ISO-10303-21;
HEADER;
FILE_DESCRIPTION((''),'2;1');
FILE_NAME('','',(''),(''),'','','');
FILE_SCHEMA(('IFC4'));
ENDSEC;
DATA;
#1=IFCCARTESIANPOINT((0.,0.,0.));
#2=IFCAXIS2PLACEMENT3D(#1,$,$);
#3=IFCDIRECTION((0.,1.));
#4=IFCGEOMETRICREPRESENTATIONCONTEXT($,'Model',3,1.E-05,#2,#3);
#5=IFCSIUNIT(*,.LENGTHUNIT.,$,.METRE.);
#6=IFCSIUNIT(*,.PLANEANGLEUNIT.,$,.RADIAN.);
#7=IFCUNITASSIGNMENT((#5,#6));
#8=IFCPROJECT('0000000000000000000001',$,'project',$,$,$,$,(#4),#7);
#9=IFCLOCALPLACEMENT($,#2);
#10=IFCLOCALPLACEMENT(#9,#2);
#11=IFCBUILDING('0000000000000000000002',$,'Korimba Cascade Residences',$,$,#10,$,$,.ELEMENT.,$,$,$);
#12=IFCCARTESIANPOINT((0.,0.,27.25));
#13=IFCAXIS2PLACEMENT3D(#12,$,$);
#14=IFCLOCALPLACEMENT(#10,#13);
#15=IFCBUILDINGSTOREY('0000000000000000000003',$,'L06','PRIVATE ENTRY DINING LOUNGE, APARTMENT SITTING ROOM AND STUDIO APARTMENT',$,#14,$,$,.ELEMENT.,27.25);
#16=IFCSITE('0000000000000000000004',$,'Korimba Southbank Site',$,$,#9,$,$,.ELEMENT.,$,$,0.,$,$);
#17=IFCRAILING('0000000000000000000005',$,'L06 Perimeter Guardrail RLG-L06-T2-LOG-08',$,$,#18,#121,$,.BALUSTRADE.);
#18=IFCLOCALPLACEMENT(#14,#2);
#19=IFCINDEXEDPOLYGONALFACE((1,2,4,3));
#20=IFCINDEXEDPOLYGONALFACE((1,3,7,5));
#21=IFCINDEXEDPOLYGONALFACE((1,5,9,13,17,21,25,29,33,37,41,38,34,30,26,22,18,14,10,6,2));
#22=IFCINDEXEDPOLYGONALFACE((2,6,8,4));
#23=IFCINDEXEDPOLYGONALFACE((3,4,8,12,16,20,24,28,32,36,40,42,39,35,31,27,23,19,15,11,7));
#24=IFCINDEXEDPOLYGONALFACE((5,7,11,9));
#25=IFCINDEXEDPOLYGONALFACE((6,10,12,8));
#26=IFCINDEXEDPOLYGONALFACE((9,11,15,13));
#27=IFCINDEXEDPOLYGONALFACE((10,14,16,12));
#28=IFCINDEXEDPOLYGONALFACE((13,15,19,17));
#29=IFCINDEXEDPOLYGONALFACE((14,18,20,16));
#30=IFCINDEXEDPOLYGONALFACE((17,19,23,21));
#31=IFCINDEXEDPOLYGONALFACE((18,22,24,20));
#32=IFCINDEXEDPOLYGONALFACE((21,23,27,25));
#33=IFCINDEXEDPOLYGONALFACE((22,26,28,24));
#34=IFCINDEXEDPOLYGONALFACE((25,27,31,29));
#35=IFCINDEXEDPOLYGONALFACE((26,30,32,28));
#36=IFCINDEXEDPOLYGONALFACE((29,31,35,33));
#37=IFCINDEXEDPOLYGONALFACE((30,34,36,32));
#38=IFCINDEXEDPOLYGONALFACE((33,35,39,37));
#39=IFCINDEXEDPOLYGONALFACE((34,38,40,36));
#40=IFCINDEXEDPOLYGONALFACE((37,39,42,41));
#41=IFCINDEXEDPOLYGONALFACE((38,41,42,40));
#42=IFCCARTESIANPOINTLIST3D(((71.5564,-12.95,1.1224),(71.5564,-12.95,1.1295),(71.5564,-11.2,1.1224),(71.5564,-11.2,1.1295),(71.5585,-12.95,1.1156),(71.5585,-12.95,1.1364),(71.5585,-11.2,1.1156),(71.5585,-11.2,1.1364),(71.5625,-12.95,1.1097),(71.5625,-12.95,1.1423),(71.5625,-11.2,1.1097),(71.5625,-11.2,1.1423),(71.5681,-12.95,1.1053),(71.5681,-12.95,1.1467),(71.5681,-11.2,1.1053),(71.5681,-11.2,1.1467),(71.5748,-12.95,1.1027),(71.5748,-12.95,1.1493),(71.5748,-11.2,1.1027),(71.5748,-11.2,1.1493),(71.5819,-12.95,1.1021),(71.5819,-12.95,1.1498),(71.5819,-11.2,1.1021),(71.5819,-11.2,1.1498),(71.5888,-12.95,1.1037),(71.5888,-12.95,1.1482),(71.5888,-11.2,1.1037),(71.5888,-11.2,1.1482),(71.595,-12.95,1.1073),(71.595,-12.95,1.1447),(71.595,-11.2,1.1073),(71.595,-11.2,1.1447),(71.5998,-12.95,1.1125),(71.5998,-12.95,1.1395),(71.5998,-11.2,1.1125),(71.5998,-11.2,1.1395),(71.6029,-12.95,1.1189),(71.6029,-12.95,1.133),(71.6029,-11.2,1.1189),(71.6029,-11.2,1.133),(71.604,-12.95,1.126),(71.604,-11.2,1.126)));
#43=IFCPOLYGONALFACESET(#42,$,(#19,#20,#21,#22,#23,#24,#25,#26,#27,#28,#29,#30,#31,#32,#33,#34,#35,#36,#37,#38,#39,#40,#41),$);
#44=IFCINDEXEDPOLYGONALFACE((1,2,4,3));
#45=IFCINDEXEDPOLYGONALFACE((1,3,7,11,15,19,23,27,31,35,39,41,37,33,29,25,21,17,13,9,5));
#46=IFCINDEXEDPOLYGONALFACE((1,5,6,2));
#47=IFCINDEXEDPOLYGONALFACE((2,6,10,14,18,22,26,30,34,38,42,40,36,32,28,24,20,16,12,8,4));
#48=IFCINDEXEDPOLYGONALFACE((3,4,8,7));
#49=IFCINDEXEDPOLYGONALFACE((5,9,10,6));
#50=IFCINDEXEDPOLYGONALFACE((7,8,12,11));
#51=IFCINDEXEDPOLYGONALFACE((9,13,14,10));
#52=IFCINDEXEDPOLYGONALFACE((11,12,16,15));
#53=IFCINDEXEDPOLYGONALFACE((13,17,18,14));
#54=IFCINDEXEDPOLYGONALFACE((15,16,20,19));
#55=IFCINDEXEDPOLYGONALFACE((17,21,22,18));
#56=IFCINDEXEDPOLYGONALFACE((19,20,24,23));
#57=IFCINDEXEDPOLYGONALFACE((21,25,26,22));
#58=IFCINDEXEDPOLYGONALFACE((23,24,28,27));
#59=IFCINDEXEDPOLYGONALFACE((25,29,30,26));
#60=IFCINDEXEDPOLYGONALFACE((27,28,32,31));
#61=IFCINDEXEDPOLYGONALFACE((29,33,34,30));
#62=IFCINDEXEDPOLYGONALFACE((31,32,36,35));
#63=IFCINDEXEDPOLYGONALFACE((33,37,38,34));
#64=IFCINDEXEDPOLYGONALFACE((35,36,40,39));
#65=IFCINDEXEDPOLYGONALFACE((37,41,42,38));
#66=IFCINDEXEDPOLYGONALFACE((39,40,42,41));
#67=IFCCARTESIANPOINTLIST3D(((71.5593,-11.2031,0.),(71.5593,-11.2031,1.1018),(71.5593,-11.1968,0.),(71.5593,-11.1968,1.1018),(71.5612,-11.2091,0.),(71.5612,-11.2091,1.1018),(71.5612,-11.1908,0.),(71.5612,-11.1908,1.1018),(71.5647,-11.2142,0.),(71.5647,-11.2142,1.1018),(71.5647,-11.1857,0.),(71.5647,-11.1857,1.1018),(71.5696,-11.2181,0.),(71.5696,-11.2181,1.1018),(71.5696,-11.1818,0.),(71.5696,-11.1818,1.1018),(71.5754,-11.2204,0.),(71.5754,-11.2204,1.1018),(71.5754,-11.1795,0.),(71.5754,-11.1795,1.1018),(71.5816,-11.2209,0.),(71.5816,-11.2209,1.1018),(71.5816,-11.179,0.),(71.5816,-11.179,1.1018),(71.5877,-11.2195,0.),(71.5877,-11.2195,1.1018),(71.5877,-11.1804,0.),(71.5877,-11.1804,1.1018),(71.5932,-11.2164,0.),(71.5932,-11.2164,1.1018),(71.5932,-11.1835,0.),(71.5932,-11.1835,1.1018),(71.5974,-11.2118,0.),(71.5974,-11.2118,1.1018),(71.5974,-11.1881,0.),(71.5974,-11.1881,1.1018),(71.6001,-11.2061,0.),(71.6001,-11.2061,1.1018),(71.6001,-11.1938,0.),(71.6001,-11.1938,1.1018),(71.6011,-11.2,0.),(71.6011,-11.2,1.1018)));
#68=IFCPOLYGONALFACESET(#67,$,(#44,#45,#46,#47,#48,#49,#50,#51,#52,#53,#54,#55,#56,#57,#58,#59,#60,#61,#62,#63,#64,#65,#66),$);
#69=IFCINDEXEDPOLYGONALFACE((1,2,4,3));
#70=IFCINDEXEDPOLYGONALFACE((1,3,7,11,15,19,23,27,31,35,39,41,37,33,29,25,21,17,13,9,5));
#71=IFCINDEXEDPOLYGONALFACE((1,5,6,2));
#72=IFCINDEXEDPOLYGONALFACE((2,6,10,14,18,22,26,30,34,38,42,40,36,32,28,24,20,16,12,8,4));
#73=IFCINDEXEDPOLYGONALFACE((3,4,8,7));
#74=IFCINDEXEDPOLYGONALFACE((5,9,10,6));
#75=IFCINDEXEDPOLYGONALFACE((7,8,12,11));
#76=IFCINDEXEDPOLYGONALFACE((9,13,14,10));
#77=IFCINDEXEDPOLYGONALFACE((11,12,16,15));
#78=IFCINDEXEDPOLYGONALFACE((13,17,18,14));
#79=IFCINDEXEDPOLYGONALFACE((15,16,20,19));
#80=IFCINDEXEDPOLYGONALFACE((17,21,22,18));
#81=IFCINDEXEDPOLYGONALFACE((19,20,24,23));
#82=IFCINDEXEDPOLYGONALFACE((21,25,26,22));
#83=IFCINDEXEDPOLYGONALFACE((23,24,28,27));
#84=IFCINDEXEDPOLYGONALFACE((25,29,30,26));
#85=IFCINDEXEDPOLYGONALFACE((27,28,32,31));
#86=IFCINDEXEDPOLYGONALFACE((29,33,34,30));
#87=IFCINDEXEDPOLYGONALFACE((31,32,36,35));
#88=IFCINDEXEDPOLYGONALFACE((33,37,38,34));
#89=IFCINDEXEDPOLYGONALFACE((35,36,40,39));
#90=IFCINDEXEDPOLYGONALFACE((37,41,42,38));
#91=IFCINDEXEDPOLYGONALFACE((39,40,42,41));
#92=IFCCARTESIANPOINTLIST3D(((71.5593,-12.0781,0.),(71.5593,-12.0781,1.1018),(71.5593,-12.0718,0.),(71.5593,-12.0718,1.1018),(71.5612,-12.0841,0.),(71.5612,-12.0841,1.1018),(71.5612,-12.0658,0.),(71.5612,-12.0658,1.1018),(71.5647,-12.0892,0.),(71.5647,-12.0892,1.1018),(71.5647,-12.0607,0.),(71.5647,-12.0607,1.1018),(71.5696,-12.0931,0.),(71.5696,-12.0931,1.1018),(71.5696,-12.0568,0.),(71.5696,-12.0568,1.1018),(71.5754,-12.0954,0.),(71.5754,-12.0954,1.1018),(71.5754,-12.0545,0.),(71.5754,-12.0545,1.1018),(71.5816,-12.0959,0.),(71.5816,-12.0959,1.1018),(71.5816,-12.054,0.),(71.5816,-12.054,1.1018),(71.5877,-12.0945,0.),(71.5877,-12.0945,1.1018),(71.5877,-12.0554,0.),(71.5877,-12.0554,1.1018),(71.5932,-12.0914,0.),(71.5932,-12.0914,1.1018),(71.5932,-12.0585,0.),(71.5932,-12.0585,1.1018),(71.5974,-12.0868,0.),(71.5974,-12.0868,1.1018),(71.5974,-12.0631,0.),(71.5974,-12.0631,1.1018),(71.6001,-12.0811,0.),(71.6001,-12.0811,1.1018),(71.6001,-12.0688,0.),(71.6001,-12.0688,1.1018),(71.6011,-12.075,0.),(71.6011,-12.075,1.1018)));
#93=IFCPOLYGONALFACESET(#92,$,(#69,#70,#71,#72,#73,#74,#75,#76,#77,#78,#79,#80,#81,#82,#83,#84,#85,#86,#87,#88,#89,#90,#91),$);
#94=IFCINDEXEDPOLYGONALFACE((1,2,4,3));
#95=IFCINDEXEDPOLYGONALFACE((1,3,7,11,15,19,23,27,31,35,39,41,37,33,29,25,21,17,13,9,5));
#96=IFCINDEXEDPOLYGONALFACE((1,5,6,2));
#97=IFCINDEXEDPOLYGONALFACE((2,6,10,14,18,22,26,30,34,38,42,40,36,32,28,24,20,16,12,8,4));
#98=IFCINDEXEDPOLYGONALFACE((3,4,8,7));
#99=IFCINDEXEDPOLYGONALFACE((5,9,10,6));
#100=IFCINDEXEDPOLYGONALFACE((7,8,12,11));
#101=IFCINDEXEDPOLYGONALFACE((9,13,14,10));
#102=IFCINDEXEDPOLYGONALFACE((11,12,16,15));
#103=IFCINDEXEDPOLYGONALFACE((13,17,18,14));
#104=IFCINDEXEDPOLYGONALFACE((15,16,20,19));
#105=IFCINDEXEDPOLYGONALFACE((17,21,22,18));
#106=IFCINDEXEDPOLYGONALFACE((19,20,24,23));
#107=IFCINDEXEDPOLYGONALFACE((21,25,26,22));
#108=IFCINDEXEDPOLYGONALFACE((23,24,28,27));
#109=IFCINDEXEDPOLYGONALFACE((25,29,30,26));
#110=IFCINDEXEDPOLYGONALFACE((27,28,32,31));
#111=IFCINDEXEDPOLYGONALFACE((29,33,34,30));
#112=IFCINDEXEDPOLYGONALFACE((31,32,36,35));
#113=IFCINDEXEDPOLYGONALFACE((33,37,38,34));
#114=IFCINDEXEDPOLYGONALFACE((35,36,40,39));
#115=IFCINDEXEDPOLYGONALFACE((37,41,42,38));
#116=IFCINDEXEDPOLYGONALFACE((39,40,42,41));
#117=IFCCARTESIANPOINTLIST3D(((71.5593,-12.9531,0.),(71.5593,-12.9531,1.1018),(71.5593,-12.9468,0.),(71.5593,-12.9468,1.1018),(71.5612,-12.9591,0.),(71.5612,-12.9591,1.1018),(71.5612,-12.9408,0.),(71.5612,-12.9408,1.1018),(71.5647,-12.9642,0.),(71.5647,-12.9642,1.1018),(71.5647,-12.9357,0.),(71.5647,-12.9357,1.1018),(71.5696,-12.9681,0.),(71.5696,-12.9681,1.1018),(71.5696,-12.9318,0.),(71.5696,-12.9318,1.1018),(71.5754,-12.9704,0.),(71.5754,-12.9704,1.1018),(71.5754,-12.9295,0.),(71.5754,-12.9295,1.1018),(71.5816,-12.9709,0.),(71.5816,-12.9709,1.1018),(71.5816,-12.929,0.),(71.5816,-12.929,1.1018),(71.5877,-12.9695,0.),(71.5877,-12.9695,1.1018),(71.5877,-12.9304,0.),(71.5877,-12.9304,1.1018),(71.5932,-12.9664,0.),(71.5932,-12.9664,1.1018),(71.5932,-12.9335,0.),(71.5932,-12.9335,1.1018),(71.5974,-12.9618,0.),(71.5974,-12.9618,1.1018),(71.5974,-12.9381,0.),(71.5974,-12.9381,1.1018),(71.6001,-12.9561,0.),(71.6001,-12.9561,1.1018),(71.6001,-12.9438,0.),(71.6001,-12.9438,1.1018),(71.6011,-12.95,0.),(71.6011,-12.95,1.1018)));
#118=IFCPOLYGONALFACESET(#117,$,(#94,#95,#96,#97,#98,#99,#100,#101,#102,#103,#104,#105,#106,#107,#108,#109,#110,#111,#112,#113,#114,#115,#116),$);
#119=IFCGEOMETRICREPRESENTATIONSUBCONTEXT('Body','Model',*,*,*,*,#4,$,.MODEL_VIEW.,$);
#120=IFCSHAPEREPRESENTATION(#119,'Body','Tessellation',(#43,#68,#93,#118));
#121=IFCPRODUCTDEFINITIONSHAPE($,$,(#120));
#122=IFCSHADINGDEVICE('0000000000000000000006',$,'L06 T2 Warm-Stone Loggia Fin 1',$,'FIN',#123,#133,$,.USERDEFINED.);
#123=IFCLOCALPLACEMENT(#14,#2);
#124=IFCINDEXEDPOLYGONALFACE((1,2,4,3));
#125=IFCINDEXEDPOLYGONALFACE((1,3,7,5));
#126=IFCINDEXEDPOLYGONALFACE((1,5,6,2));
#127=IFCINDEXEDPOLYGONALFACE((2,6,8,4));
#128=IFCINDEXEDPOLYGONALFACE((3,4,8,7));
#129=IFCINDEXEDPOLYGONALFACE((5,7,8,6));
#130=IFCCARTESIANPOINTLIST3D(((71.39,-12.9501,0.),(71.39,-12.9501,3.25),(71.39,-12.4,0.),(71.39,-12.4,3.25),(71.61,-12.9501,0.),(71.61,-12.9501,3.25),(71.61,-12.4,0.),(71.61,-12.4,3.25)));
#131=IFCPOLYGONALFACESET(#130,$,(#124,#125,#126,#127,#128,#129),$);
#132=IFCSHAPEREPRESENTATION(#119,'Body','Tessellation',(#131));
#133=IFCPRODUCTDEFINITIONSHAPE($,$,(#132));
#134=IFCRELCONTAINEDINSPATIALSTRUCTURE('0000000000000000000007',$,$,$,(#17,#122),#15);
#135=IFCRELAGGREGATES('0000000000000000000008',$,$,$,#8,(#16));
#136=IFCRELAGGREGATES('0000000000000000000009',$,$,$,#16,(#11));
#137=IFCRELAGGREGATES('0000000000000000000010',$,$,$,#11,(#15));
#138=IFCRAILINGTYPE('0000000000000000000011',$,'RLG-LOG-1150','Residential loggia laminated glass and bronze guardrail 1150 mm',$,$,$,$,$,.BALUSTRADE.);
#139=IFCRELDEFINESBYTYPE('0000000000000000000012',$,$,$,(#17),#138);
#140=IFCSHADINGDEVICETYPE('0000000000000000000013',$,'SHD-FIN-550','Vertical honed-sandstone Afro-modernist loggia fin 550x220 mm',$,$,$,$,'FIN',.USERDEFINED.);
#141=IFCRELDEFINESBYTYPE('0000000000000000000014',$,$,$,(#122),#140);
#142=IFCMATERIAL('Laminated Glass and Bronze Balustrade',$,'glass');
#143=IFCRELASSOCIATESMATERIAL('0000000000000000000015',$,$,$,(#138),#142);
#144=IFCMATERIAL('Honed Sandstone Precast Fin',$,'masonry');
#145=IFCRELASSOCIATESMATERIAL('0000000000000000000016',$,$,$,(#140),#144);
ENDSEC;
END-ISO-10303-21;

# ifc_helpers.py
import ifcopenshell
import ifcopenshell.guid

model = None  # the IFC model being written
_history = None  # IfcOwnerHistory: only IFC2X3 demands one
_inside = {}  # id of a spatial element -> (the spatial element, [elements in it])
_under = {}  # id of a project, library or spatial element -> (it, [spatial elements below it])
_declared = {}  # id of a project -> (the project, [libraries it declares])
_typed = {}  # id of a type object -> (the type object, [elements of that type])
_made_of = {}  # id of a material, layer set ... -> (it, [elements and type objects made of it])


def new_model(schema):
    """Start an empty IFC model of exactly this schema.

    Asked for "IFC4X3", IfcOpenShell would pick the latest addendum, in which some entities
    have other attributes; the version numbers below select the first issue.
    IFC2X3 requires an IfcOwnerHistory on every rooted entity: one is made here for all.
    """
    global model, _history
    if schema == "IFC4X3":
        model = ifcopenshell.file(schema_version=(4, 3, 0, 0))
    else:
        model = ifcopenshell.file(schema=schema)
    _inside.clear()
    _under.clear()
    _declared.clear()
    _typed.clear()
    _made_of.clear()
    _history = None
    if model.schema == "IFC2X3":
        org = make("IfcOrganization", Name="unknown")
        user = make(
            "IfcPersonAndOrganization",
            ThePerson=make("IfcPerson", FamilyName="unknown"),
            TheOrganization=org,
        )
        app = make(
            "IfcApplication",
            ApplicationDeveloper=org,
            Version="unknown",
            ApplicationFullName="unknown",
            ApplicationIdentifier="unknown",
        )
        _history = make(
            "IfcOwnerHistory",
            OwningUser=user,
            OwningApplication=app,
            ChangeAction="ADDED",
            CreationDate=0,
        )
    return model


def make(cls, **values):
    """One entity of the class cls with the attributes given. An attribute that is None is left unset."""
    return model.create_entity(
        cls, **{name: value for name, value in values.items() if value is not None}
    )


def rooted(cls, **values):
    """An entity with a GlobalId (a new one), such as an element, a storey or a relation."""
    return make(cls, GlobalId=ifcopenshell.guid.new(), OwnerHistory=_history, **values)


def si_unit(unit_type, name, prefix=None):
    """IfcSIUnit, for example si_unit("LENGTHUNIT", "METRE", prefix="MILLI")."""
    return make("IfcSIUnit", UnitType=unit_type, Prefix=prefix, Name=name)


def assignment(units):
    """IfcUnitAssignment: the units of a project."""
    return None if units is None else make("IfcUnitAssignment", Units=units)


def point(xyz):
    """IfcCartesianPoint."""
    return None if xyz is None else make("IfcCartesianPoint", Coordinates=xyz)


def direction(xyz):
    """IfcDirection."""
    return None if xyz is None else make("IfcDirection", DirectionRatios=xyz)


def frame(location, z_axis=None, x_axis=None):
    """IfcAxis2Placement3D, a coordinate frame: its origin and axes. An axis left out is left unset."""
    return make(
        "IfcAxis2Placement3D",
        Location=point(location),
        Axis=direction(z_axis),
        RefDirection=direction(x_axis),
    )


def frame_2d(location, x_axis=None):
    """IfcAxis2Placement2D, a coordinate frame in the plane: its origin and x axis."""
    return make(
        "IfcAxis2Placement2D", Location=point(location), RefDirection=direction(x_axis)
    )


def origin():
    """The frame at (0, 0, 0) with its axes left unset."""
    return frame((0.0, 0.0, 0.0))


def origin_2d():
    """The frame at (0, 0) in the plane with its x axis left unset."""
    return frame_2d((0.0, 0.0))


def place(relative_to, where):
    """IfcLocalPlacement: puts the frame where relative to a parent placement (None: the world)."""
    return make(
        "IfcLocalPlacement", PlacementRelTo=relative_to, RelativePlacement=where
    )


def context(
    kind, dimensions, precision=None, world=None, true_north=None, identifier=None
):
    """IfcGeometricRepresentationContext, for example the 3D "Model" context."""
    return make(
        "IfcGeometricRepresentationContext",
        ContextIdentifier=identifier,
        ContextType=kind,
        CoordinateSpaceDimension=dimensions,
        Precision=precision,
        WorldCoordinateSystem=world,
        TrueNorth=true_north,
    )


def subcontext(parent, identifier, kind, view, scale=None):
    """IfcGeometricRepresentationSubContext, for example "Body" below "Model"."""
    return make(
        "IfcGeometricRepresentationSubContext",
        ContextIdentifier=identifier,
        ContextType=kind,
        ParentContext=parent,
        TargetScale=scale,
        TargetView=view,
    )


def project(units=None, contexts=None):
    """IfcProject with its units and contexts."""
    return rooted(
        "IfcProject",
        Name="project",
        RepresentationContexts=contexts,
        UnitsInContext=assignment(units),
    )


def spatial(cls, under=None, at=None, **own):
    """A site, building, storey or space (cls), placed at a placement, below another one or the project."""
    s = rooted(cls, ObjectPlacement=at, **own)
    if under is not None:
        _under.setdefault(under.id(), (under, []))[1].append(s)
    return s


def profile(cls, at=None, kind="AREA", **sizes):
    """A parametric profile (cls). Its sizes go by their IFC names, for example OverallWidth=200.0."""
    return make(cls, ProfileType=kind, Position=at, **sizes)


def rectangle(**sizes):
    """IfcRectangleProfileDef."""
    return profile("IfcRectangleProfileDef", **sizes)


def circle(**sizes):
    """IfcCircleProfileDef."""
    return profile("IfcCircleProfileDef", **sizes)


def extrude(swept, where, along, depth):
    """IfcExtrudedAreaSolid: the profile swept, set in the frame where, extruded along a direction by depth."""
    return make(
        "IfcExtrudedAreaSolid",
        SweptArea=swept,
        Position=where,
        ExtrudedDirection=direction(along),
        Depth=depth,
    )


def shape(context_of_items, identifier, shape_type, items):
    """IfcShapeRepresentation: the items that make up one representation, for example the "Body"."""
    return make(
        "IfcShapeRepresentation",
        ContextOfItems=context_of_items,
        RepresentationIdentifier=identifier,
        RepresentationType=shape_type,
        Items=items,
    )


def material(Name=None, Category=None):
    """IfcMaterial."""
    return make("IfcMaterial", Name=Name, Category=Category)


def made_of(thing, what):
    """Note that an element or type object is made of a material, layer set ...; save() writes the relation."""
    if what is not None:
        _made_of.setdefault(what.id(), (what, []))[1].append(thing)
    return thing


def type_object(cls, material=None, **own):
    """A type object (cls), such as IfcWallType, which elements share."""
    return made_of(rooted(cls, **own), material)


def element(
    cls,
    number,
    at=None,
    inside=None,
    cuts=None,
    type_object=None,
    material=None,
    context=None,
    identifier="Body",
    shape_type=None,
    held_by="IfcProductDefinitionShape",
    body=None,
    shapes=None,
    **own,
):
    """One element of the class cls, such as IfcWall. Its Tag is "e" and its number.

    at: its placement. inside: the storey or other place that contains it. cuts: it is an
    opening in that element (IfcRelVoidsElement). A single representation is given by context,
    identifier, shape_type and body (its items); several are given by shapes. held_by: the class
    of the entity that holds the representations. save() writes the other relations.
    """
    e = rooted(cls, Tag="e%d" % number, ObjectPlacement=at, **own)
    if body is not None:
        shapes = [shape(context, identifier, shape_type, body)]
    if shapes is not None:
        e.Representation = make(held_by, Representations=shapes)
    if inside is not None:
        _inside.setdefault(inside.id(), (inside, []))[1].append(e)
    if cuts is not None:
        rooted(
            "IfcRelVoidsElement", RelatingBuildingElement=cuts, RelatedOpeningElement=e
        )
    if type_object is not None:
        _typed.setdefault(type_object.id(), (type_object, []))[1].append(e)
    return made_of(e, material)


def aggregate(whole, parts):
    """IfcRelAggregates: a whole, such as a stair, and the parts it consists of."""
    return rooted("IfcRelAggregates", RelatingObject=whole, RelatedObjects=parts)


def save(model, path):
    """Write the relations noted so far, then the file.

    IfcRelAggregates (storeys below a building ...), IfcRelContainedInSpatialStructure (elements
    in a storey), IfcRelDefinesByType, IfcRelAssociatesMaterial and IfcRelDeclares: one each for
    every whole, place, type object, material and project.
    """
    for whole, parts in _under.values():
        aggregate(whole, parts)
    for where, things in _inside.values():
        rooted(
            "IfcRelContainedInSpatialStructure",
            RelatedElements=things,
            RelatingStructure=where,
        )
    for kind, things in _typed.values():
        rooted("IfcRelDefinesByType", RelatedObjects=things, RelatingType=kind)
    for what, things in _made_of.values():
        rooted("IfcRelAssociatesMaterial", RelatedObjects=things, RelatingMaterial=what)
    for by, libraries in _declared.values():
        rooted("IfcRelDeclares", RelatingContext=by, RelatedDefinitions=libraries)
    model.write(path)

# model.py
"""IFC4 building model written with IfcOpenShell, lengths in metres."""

from ifc_helpers import new_model, si_unit, direction, frame, origin, origin_2d, place, context, subcontext, project, spatial, rectangle, circle, extrude, material, type_object, element, save


model = new_model("IFC4")

# Units and contexts
model_context = context("Model", 3, precision=1e-05, world=origin(), true_north=direction((0.0, 1.0)))
body_context = subcontext(model_context, "Body", "Model", "MODEL_VIEW")
ifc_project = project(units=[si_unit("LENGTHUNIT", "METRE"), si_unit("PLANEANGLEUNIT", "RADIAN")], contexts=[model_context])

# Site, building, storey
site_placement = place(None, origin())
site = spatial("IfcSite", under=ifc_project, at=site_placement, Name="Korimba Southbank Site", CompositionType="ELEMENT", RefElevation=0.0)
building_placement = place(site_placement, origin())
building = spatial("IfcBuilding", under=site, at=building_placement, Name="Korimba Cascade Residences", CompositionType="ELEMENT")
storey_placement = place(building_placement, frame((0.0, 0.0, 27.25)))
storey = spatial("IfcBuildingStorey", under=building, at=storey_placement, Name="L06", Description="PRIVATE ENTRY DINING LOUNGE, APARTMENT SITTING ROOM AND STUDIO APARTMENT", CompositionType="ELEMENT", Elevation=27.25)

# Railing
ifc_material_1 = material(Name="Laminated Glass and Bronze Balustrade", Category="glass")
railing_type = type_object("IfcRailingType", Name="RLG-LOG-1150", Description="Residential loggia laminated glass and bronze guardrail 1150 mm", PredefinedType="BALUSTRADE", material=ifc_material_1)
railing_1_placement = place(storey_placement, frame((71.5801, -11.2, 0.0)))
element("IfcRailing", 1, at=railing_1_placement, inside=storey, type_object=railing_type, Name="L06 Perimeter Guardrail RLG-L06-T2-LOG-08", PredefinedType="BALUSTRADE", context=body_context, shape_type="SweptSolid", body=[
    extrude(circle(Radius=0.0239, at=origin_2d()), frame((0.0, 0.0, 1.126), z_axis=(0.0, -1.0, 0.0), x_axis=(1.0, 0.0, 0.0)), (0.0, 0.0, 1.0), 1.75),
    extrude(circle(Radius=0.021, at=origin_2d()), origin(), (0.0, 0.0, 1.0), 1.1018),
    extrude(circle(Radius=0.021, at=origin_2d()), frame((0.0, -0.875, 0.0)), (0.0, 0.0, 1.0), 1.1018),
    extrude(circle(Radius=0.021, at=origin_2d()), frame((0.0, -1.75, 0.0)), (0.0, 0.0, 1.0), 1.1018),
])

# Shading device
ifc_material_2 = material(Name="Honed Sandstone Precast Fin", Category="masonry")
shading_device_type = type_object("IfcShadingDeviceType", Name="SHD-FIN-550", Description="Vertical honed-sandstone Afro-modernist loggia fin 550x220 mm", ElementType="FIN", PredefinedType="USERDEFINED", material=ifc_material_2)
shading_device_placement = place(storey_placement, frame((71.5, -12.675, 0.0), z_axis=(0.0, 0.0, 1.0), x_axis=(1.0, 0.0, 0.0)))
element("IfcShadingDevice", 2, at=shading_device_placement, inside=storey, type_object=shading_device_type, Name="L06 T2 Warm-Stone Loggia Fin 1", ObjectType="FIN", PredefinedType="USERDEFINED", context=body_context, shape_type="SweptSolid", body=[
    extrude(rectangle(XDim=0.22, YDim=0.55, at=origin_2d()), origin(), (0.0, 0.0, 1.0), 3.25),
])

save(model, "model.ifc")
